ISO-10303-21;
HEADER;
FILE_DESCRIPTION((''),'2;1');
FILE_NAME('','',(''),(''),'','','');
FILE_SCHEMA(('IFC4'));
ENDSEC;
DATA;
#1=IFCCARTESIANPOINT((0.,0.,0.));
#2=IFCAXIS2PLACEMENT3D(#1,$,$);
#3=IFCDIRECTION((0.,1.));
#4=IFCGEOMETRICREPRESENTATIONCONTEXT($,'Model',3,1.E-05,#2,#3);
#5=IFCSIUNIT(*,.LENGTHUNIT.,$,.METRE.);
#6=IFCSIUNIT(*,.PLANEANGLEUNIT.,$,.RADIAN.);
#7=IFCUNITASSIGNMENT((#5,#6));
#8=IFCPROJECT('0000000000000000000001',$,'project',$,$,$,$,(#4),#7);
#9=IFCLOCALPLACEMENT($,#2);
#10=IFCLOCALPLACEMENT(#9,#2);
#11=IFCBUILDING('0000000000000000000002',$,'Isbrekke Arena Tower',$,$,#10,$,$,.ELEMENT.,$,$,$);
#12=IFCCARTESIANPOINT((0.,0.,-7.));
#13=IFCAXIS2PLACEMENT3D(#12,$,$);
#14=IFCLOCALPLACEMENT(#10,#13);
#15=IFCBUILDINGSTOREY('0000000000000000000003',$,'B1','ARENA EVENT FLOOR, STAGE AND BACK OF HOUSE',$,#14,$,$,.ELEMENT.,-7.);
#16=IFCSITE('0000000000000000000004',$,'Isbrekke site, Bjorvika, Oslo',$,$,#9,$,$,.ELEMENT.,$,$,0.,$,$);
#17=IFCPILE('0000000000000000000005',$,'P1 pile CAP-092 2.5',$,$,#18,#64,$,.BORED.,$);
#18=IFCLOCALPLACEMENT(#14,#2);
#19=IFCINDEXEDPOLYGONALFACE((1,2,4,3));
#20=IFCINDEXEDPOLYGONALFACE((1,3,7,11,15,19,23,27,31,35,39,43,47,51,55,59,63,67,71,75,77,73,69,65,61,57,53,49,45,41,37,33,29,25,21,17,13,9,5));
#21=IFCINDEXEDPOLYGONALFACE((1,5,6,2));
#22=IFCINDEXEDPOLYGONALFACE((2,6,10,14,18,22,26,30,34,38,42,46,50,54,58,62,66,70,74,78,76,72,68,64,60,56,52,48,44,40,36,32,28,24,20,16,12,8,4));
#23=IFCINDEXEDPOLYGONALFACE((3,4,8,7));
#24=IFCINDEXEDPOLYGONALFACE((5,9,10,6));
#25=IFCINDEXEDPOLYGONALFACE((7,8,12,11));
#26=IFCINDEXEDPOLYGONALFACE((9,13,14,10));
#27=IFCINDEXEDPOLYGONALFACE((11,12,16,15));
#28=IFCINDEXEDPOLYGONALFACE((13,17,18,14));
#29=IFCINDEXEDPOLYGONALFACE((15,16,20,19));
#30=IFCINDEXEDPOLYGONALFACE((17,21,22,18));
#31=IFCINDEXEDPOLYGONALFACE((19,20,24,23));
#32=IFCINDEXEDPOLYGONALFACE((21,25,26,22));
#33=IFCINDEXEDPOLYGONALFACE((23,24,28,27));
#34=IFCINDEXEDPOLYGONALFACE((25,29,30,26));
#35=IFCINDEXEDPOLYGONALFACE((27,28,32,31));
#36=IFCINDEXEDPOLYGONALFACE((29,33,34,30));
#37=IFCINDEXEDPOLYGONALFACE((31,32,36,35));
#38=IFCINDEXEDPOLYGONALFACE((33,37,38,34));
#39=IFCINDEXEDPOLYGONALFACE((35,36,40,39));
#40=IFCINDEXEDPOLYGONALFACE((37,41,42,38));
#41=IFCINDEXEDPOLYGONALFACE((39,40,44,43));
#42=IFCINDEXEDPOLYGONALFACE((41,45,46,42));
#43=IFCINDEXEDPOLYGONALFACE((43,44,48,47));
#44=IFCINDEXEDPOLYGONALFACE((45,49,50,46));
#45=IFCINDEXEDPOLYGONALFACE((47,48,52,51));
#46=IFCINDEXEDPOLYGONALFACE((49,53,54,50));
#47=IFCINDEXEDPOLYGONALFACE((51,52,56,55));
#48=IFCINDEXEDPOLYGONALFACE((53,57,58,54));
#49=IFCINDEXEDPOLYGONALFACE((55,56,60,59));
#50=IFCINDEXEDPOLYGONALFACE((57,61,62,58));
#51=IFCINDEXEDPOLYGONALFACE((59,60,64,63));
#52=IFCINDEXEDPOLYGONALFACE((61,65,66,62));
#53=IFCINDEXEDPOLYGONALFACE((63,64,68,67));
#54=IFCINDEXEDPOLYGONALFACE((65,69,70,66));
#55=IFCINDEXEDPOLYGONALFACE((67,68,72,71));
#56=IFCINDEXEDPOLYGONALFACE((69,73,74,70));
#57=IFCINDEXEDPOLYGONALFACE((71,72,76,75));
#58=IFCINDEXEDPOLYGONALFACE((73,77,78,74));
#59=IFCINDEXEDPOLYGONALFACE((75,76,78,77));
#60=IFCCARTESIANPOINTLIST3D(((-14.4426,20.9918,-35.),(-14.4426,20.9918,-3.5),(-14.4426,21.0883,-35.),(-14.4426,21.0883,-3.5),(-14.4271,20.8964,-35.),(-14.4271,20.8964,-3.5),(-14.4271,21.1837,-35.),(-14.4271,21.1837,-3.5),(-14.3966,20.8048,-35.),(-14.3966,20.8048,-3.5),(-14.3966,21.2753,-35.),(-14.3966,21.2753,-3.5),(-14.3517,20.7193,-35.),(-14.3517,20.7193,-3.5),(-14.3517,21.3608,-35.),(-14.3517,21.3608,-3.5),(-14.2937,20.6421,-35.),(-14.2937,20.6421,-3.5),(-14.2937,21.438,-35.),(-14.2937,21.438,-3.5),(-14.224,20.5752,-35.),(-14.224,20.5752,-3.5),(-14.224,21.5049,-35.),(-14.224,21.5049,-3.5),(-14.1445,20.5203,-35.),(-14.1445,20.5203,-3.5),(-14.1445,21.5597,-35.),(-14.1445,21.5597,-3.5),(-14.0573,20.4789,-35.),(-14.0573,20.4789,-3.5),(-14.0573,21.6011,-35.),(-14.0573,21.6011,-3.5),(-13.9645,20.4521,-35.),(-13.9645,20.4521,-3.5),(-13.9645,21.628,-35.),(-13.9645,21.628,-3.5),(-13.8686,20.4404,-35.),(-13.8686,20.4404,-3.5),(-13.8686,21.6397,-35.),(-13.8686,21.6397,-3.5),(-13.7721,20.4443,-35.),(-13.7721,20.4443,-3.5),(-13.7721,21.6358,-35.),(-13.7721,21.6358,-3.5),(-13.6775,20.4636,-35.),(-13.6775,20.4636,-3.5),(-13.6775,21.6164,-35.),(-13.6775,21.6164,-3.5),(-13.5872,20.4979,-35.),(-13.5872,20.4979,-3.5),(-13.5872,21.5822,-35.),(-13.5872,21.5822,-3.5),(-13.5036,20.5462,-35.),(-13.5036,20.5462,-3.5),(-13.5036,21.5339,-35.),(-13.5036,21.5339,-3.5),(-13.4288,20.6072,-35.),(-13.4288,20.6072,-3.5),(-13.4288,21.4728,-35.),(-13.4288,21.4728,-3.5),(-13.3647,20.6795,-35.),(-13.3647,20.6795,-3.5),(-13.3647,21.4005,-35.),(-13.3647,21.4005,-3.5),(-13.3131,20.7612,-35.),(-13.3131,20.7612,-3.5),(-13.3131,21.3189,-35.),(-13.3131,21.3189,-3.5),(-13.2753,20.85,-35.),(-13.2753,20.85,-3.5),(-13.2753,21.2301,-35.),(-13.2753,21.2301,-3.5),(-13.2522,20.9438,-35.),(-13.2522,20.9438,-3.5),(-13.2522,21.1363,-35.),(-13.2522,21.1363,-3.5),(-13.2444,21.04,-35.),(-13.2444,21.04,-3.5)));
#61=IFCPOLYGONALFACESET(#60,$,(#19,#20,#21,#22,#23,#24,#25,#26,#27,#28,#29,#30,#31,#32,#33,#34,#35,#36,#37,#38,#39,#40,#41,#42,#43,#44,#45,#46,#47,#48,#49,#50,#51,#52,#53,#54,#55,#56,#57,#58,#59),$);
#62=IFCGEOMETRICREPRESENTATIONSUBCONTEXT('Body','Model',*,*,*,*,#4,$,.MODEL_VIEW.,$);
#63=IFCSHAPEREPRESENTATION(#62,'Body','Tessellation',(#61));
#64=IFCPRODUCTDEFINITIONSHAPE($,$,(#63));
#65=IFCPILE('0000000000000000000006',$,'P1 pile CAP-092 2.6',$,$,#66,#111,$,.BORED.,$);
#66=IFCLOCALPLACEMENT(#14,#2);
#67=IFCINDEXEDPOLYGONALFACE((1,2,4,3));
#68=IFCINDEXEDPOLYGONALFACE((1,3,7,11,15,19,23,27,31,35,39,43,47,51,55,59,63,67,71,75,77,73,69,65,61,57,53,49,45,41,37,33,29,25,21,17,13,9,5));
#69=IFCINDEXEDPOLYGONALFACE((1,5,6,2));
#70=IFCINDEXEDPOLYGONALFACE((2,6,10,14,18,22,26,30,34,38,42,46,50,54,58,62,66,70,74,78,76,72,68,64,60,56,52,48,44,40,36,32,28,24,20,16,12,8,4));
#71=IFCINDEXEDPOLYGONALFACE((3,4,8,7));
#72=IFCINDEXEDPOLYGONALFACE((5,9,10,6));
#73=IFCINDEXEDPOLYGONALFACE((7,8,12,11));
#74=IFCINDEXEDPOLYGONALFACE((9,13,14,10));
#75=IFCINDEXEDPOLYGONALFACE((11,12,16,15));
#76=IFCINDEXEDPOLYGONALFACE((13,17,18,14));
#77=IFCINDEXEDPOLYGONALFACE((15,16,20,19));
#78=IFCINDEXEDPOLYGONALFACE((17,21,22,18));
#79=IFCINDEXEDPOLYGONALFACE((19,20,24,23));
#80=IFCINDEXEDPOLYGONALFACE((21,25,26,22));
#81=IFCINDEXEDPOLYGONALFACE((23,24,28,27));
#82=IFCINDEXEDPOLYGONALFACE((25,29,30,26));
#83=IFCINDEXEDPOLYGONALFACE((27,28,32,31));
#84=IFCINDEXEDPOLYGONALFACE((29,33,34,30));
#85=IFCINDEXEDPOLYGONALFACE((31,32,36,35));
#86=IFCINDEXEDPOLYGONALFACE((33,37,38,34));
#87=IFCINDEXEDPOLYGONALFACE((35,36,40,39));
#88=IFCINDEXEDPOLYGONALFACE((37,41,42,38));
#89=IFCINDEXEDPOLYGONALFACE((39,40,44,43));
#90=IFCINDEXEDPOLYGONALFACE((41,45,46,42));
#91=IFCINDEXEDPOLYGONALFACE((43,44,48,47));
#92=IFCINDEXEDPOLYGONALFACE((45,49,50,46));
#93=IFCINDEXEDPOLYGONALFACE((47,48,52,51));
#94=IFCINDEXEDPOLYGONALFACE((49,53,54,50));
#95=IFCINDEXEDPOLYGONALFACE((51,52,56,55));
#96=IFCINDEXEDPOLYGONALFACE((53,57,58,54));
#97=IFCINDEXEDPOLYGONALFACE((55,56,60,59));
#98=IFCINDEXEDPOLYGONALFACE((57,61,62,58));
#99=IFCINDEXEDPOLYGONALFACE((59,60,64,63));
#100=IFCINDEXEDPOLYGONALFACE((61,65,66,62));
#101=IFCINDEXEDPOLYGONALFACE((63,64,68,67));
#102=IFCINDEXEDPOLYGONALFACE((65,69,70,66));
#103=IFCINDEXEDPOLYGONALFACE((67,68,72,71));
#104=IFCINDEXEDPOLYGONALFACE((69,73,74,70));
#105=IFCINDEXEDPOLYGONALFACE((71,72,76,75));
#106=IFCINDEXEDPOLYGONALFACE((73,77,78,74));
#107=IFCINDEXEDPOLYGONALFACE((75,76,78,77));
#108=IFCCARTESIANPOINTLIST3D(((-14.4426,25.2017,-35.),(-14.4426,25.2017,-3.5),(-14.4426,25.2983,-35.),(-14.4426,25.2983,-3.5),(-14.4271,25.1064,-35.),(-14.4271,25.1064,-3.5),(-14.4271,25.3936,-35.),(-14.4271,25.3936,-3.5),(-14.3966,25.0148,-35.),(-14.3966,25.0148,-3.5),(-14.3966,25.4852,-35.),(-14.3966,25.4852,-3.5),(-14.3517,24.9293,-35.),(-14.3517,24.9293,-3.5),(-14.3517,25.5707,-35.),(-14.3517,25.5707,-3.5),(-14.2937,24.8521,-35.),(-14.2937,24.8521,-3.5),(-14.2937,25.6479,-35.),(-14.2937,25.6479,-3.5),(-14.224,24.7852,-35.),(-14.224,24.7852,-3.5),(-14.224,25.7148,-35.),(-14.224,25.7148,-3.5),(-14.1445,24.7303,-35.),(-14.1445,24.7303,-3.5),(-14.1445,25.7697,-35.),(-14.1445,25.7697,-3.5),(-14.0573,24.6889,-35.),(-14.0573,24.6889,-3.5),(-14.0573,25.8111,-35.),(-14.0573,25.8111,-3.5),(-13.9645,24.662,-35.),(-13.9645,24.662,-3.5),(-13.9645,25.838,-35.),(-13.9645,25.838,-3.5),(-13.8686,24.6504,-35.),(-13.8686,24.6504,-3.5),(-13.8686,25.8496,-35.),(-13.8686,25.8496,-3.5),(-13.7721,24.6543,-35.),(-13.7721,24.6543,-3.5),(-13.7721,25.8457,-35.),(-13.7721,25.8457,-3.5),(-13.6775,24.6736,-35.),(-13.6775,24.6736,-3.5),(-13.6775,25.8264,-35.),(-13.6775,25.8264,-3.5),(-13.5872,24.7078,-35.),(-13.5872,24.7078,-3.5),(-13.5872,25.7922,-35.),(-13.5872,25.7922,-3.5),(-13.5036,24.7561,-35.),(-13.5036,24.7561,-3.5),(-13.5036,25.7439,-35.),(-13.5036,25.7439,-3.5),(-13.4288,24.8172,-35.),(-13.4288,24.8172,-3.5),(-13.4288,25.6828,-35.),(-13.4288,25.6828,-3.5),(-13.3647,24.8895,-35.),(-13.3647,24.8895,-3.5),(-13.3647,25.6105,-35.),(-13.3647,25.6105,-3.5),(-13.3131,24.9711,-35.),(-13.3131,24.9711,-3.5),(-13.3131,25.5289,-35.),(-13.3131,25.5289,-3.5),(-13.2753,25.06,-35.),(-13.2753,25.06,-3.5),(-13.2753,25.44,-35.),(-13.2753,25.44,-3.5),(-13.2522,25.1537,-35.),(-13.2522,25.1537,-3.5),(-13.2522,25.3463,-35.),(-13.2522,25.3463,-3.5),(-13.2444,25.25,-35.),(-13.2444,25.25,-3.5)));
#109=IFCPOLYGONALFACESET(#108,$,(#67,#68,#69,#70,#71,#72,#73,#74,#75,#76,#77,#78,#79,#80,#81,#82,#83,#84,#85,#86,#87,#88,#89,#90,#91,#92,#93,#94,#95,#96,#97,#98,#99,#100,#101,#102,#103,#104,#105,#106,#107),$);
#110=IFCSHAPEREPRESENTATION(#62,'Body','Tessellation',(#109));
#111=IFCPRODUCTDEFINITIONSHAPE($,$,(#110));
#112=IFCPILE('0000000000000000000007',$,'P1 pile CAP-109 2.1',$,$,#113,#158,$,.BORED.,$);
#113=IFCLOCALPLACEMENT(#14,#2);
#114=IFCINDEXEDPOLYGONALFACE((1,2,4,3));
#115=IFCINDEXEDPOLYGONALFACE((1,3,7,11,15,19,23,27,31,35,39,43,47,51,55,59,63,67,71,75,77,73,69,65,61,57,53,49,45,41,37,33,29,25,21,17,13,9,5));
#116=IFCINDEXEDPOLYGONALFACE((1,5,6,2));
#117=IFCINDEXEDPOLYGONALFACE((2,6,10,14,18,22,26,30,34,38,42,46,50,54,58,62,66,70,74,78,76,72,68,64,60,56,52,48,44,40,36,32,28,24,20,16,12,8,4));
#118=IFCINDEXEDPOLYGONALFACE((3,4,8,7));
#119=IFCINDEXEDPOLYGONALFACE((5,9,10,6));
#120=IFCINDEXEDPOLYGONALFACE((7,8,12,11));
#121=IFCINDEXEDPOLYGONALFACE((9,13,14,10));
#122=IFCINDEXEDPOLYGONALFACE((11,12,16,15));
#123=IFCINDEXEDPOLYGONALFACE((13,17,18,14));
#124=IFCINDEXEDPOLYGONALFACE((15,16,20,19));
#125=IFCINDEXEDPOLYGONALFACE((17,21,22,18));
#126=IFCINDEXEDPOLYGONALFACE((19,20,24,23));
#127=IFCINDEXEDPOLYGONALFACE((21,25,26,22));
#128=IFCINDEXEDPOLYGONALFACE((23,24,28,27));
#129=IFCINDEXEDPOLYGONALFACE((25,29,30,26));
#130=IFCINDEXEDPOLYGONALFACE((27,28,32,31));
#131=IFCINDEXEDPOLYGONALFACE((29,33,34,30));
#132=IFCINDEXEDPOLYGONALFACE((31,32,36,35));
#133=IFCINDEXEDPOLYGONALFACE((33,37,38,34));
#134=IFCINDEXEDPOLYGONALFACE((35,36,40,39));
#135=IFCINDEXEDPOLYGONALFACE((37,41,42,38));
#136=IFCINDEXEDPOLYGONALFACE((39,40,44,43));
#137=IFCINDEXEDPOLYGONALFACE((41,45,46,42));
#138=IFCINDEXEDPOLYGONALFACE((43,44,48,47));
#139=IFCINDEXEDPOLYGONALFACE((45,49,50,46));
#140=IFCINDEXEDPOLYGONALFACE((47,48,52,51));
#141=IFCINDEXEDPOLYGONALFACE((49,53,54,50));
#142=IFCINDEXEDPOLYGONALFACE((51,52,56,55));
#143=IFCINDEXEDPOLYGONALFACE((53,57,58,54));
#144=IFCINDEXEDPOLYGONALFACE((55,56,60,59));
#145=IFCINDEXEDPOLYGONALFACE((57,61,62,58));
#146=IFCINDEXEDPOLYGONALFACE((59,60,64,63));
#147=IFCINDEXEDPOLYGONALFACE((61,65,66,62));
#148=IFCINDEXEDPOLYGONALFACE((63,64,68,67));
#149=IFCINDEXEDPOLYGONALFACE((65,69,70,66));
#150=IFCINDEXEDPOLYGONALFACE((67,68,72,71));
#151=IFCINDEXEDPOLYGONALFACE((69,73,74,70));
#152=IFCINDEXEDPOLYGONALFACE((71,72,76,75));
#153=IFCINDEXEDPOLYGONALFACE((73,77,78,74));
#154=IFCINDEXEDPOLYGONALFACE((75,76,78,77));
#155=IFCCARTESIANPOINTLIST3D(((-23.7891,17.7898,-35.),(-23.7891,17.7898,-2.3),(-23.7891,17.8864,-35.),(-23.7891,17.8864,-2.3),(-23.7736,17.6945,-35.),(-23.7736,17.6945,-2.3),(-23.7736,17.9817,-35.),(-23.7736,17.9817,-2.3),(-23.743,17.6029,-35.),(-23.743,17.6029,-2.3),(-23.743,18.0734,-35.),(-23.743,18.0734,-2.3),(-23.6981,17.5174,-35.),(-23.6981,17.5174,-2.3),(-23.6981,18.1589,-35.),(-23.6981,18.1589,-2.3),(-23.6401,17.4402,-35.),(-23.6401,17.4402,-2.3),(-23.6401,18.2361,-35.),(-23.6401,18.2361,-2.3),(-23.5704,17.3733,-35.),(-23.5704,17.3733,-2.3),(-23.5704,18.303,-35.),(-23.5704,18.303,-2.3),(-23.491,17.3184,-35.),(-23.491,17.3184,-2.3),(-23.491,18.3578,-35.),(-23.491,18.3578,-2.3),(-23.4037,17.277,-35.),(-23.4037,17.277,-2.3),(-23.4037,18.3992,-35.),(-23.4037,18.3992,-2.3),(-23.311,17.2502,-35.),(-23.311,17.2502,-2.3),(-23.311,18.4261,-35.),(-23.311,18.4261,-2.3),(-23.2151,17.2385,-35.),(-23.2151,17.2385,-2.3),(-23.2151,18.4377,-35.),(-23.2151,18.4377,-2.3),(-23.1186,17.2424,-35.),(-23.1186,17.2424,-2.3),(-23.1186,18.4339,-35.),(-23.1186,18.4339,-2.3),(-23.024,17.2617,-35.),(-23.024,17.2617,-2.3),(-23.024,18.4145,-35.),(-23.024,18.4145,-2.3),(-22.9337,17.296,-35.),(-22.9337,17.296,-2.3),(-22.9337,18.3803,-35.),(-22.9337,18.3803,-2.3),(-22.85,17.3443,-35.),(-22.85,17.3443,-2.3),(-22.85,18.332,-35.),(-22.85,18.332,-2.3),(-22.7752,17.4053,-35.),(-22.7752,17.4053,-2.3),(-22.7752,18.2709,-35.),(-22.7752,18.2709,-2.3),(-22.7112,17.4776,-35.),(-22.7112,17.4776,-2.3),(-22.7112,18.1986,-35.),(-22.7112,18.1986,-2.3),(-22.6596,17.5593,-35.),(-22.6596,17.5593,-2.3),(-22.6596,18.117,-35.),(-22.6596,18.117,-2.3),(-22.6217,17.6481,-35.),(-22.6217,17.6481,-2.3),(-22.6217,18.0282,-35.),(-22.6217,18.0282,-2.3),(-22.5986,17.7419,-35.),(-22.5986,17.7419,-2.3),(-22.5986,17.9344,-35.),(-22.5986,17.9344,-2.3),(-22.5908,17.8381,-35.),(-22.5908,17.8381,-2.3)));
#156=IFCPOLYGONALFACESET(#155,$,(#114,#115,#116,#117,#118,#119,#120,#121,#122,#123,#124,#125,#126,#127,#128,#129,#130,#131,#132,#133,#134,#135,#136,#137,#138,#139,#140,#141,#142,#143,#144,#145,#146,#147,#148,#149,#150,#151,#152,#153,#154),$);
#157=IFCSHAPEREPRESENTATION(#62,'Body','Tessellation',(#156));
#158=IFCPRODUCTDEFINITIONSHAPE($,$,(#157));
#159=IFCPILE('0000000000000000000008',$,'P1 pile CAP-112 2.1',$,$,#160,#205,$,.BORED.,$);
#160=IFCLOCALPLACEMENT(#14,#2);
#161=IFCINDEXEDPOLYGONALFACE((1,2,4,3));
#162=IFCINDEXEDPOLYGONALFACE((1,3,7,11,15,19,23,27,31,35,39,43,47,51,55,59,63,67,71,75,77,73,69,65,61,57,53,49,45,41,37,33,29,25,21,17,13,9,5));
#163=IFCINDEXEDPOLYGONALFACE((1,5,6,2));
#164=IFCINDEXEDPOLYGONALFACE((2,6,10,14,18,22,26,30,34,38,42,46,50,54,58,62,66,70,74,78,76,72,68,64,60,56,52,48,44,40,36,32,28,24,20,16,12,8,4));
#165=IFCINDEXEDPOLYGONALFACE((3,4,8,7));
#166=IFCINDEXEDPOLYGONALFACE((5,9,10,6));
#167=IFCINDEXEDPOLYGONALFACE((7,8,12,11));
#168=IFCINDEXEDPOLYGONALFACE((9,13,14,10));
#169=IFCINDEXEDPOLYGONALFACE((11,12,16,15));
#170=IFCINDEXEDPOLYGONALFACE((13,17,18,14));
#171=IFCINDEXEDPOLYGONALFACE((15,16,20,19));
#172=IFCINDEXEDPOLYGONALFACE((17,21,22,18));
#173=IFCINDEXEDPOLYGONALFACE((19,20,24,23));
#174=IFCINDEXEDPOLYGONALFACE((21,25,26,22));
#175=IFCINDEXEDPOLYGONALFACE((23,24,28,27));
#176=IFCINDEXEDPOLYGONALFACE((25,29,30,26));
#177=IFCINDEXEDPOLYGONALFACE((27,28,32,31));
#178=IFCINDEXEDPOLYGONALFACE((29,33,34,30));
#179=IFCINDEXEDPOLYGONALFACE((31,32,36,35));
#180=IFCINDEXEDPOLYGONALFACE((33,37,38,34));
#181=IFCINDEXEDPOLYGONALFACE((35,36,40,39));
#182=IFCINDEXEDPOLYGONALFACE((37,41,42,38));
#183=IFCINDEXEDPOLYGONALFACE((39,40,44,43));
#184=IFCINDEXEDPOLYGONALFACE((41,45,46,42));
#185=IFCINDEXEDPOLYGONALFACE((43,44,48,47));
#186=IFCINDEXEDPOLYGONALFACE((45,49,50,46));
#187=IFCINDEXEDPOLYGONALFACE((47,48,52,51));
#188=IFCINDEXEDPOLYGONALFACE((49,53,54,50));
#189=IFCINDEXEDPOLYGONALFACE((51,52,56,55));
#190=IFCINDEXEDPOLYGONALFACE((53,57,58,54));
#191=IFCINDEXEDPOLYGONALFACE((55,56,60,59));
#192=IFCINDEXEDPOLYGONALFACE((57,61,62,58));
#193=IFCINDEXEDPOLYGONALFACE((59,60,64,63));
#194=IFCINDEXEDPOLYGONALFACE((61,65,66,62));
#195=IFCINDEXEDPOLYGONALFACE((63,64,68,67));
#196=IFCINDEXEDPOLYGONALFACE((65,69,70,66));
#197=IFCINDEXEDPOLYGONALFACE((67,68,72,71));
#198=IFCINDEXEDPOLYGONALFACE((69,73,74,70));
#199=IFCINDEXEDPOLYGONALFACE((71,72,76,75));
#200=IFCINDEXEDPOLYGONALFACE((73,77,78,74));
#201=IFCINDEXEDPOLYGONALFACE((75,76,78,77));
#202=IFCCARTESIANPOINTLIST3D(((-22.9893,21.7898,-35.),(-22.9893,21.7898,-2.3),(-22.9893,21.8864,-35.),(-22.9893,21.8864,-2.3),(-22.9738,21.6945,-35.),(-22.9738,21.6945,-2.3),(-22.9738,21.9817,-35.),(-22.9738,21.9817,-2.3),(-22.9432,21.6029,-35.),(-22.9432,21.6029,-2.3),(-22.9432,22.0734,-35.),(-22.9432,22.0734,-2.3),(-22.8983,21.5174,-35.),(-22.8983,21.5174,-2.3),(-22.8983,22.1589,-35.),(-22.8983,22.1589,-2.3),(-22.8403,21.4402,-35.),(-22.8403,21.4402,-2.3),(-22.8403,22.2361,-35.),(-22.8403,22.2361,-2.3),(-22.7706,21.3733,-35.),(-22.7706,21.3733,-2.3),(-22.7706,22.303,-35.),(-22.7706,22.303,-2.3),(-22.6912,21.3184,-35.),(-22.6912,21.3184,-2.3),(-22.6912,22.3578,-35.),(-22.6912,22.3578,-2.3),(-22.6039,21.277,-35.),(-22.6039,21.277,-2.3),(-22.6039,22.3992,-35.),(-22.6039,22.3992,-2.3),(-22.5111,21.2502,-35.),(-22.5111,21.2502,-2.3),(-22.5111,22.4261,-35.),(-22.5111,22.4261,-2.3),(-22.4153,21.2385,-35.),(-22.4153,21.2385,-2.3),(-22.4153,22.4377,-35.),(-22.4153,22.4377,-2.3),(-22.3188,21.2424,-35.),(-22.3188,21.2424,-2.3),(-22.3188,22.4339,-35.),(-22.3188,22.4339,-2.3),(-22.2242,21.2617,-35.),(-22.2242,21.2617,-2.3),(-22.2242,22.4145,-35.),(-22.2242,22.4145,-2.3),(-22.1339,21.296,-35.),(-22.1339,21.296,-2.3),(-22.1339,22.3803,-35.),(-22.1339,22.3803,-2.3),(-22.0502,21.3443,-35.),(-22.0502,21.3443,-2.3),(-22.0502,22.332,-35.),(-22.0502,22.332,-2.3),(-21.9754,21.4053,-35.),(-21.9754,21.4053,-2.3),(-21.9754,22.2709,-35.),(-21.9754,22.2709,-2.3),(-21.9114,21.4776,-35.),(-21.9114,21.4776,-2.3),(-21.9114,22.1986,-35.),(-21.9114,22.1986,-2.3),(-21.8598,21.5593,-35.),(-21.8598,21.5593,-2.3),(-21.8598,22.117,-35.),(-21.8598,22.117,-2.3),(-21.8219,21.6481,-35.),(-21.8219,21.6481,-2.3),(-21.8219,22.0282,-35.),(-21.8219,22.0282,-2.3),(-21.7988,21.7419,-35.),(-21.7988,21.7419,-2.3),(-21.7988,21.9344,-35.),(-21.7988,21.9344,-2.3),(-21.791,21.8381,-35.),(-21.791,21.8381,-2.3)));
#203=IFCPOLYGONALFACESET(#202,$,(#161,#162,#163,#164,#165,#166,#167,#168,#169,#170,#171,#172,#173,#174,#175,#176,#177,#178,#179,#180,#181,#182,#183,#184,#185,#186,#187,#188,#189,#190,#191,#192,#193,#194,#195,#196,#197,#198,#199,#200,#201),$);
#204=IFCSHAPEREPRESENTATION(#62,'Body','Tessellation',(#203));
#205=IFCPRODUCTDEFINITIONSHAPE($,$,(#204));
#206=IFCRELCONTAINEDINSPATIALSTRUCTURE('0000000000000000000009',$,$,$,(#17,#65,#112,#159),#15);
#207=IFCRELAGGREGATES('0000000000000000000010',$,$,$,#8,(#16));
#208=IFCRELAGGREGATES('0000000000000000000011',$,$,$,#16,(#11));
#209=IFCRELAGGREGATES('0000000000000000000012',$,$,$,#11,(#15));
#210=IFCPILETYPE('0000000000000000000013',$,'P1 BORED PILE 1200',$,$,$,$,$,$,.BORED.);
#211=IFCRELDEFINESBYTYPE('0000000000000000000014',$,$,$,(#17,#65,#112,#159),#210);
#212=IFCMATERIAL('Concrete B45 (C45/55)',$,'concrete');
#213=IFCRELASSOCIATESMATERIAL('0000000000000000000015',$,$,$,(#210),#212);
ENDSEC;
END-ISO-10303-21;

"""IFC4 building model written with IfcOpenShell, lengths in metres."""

from ifc_helpers import new_model, si_unit, direction, frame, origin, origin_2d, place, context, subcontext, project, spatial, circle, extrude, material, material_profile, profile_set, type_object, element, save


model = new_model("IFC4")

# Units and contexts
model_context = context("Model", 3, precision=1e-05, world=origin(), true_north=direction((0.0, 1.0)))
body_context = subcontext(model_context, "Body", "Model", "MODEL_VIEW")
ifc_project = project(units=[si_unit("LENGTHUNIT", "METRE"), si_unit("PLANEANGLEUNIT", "RADIAN")], contexts=[model_context])

# Site, building, storey
site_placement = place(None, origin())
site = spatial("IfcSite", under=ifc_project, at=site_placement, Name="Isbrekke site, Bjorvika, Oslo", CompositionType="ELEMENT", RefElevation=0.0)
building_placement = place(site_placement, origin())
building = spatial("IfcBuilding", under=site, at=building_placement, Name="Isbrekke Arena Tower", CompositionType="ELEMENT")
storey_placement = place(building_placement, frame((0.0, 0.0, -7.0)))
storey = spatial("IfcBuildingStorey", under=building, at=storey_placement, Name="B1", Description="ARENA EVENT FLOOR, STAGE AND BACK OF HOUSE", CompositionType="ELEMENT", Elevation=-7.0)

# Piles
ifc_material_1 = material(Name="Concrete B45 (C45/55)", Category="concrete")
ifc_material_profile_1 = material_profile(ifc_material_1, circle(Radius=0.6001, at=origin_2d()), Name="BORED PILE D1200")
ifc_profile_set_1 = profile_set([ifc_material_profile_1], Name="Concrete B45 (C45/55)")
pile_type = type_object("IfcPileType", Name="P1 BORED PILE 1200", PredefinedType="BORED", material=ifc_profile_set_1)
for number, where, z_axis, x_axis, name in (
    (1, (-13.8445, 21.04, -3.5), (0.0, 0.0, -1.0), (1.0, 0.0, 0.0), "P1 pile CAP-092 2.5"),
    (2, (-13.8445, 25.25, -3.5), (0.0, 0.0, -1.0), (1.0, 0.0, 0.0), "P1 pile CAP-092 2.6"),
):
    element("IfcPile", number, at=place(storey_placement, frame(where, z_axis=z_axis, x_axis=x_axis)), inside=storey, type_object=pile_type, Name=name, PredefinedType="BORED", context=body_context, shape_type="SweptSolid", body=[
        extrude(circle(Radius=0.6001, at=origin_2d()), origin(), (0.0, 0.0, 1.0), 31.5),
    ])
for number, where, z_axis, x_axis, name in (
    (3, (-23.1909, 17.8381, -2.3), (0.0, 0.0, -1.0), (1.0, 0.0, 0.0), "P1 pile CAP-109 2.1"),
    (4, (-22.3911, 21.8381, -2.3), (0.0, 0.0, -1.0), (1.0, 0.0, 0.0), "P1 pile CAP-112 2.1"),
):
    element("IfcPile", number, at=place(storey_placement, frame(where, z_axis=z_axis, x_axis=x_axis)), inside=storey, type_object=pile_type, Name=name, PredefinedType="BORED", context=body_context, shape_type="SweptSolid", body=[
        extrude(circle(Radius=0.6001, at=origin_2d()), origin(), (0.0, 0.0, 1.0), 32.7),
    ])

save(model, "model.ifc")
